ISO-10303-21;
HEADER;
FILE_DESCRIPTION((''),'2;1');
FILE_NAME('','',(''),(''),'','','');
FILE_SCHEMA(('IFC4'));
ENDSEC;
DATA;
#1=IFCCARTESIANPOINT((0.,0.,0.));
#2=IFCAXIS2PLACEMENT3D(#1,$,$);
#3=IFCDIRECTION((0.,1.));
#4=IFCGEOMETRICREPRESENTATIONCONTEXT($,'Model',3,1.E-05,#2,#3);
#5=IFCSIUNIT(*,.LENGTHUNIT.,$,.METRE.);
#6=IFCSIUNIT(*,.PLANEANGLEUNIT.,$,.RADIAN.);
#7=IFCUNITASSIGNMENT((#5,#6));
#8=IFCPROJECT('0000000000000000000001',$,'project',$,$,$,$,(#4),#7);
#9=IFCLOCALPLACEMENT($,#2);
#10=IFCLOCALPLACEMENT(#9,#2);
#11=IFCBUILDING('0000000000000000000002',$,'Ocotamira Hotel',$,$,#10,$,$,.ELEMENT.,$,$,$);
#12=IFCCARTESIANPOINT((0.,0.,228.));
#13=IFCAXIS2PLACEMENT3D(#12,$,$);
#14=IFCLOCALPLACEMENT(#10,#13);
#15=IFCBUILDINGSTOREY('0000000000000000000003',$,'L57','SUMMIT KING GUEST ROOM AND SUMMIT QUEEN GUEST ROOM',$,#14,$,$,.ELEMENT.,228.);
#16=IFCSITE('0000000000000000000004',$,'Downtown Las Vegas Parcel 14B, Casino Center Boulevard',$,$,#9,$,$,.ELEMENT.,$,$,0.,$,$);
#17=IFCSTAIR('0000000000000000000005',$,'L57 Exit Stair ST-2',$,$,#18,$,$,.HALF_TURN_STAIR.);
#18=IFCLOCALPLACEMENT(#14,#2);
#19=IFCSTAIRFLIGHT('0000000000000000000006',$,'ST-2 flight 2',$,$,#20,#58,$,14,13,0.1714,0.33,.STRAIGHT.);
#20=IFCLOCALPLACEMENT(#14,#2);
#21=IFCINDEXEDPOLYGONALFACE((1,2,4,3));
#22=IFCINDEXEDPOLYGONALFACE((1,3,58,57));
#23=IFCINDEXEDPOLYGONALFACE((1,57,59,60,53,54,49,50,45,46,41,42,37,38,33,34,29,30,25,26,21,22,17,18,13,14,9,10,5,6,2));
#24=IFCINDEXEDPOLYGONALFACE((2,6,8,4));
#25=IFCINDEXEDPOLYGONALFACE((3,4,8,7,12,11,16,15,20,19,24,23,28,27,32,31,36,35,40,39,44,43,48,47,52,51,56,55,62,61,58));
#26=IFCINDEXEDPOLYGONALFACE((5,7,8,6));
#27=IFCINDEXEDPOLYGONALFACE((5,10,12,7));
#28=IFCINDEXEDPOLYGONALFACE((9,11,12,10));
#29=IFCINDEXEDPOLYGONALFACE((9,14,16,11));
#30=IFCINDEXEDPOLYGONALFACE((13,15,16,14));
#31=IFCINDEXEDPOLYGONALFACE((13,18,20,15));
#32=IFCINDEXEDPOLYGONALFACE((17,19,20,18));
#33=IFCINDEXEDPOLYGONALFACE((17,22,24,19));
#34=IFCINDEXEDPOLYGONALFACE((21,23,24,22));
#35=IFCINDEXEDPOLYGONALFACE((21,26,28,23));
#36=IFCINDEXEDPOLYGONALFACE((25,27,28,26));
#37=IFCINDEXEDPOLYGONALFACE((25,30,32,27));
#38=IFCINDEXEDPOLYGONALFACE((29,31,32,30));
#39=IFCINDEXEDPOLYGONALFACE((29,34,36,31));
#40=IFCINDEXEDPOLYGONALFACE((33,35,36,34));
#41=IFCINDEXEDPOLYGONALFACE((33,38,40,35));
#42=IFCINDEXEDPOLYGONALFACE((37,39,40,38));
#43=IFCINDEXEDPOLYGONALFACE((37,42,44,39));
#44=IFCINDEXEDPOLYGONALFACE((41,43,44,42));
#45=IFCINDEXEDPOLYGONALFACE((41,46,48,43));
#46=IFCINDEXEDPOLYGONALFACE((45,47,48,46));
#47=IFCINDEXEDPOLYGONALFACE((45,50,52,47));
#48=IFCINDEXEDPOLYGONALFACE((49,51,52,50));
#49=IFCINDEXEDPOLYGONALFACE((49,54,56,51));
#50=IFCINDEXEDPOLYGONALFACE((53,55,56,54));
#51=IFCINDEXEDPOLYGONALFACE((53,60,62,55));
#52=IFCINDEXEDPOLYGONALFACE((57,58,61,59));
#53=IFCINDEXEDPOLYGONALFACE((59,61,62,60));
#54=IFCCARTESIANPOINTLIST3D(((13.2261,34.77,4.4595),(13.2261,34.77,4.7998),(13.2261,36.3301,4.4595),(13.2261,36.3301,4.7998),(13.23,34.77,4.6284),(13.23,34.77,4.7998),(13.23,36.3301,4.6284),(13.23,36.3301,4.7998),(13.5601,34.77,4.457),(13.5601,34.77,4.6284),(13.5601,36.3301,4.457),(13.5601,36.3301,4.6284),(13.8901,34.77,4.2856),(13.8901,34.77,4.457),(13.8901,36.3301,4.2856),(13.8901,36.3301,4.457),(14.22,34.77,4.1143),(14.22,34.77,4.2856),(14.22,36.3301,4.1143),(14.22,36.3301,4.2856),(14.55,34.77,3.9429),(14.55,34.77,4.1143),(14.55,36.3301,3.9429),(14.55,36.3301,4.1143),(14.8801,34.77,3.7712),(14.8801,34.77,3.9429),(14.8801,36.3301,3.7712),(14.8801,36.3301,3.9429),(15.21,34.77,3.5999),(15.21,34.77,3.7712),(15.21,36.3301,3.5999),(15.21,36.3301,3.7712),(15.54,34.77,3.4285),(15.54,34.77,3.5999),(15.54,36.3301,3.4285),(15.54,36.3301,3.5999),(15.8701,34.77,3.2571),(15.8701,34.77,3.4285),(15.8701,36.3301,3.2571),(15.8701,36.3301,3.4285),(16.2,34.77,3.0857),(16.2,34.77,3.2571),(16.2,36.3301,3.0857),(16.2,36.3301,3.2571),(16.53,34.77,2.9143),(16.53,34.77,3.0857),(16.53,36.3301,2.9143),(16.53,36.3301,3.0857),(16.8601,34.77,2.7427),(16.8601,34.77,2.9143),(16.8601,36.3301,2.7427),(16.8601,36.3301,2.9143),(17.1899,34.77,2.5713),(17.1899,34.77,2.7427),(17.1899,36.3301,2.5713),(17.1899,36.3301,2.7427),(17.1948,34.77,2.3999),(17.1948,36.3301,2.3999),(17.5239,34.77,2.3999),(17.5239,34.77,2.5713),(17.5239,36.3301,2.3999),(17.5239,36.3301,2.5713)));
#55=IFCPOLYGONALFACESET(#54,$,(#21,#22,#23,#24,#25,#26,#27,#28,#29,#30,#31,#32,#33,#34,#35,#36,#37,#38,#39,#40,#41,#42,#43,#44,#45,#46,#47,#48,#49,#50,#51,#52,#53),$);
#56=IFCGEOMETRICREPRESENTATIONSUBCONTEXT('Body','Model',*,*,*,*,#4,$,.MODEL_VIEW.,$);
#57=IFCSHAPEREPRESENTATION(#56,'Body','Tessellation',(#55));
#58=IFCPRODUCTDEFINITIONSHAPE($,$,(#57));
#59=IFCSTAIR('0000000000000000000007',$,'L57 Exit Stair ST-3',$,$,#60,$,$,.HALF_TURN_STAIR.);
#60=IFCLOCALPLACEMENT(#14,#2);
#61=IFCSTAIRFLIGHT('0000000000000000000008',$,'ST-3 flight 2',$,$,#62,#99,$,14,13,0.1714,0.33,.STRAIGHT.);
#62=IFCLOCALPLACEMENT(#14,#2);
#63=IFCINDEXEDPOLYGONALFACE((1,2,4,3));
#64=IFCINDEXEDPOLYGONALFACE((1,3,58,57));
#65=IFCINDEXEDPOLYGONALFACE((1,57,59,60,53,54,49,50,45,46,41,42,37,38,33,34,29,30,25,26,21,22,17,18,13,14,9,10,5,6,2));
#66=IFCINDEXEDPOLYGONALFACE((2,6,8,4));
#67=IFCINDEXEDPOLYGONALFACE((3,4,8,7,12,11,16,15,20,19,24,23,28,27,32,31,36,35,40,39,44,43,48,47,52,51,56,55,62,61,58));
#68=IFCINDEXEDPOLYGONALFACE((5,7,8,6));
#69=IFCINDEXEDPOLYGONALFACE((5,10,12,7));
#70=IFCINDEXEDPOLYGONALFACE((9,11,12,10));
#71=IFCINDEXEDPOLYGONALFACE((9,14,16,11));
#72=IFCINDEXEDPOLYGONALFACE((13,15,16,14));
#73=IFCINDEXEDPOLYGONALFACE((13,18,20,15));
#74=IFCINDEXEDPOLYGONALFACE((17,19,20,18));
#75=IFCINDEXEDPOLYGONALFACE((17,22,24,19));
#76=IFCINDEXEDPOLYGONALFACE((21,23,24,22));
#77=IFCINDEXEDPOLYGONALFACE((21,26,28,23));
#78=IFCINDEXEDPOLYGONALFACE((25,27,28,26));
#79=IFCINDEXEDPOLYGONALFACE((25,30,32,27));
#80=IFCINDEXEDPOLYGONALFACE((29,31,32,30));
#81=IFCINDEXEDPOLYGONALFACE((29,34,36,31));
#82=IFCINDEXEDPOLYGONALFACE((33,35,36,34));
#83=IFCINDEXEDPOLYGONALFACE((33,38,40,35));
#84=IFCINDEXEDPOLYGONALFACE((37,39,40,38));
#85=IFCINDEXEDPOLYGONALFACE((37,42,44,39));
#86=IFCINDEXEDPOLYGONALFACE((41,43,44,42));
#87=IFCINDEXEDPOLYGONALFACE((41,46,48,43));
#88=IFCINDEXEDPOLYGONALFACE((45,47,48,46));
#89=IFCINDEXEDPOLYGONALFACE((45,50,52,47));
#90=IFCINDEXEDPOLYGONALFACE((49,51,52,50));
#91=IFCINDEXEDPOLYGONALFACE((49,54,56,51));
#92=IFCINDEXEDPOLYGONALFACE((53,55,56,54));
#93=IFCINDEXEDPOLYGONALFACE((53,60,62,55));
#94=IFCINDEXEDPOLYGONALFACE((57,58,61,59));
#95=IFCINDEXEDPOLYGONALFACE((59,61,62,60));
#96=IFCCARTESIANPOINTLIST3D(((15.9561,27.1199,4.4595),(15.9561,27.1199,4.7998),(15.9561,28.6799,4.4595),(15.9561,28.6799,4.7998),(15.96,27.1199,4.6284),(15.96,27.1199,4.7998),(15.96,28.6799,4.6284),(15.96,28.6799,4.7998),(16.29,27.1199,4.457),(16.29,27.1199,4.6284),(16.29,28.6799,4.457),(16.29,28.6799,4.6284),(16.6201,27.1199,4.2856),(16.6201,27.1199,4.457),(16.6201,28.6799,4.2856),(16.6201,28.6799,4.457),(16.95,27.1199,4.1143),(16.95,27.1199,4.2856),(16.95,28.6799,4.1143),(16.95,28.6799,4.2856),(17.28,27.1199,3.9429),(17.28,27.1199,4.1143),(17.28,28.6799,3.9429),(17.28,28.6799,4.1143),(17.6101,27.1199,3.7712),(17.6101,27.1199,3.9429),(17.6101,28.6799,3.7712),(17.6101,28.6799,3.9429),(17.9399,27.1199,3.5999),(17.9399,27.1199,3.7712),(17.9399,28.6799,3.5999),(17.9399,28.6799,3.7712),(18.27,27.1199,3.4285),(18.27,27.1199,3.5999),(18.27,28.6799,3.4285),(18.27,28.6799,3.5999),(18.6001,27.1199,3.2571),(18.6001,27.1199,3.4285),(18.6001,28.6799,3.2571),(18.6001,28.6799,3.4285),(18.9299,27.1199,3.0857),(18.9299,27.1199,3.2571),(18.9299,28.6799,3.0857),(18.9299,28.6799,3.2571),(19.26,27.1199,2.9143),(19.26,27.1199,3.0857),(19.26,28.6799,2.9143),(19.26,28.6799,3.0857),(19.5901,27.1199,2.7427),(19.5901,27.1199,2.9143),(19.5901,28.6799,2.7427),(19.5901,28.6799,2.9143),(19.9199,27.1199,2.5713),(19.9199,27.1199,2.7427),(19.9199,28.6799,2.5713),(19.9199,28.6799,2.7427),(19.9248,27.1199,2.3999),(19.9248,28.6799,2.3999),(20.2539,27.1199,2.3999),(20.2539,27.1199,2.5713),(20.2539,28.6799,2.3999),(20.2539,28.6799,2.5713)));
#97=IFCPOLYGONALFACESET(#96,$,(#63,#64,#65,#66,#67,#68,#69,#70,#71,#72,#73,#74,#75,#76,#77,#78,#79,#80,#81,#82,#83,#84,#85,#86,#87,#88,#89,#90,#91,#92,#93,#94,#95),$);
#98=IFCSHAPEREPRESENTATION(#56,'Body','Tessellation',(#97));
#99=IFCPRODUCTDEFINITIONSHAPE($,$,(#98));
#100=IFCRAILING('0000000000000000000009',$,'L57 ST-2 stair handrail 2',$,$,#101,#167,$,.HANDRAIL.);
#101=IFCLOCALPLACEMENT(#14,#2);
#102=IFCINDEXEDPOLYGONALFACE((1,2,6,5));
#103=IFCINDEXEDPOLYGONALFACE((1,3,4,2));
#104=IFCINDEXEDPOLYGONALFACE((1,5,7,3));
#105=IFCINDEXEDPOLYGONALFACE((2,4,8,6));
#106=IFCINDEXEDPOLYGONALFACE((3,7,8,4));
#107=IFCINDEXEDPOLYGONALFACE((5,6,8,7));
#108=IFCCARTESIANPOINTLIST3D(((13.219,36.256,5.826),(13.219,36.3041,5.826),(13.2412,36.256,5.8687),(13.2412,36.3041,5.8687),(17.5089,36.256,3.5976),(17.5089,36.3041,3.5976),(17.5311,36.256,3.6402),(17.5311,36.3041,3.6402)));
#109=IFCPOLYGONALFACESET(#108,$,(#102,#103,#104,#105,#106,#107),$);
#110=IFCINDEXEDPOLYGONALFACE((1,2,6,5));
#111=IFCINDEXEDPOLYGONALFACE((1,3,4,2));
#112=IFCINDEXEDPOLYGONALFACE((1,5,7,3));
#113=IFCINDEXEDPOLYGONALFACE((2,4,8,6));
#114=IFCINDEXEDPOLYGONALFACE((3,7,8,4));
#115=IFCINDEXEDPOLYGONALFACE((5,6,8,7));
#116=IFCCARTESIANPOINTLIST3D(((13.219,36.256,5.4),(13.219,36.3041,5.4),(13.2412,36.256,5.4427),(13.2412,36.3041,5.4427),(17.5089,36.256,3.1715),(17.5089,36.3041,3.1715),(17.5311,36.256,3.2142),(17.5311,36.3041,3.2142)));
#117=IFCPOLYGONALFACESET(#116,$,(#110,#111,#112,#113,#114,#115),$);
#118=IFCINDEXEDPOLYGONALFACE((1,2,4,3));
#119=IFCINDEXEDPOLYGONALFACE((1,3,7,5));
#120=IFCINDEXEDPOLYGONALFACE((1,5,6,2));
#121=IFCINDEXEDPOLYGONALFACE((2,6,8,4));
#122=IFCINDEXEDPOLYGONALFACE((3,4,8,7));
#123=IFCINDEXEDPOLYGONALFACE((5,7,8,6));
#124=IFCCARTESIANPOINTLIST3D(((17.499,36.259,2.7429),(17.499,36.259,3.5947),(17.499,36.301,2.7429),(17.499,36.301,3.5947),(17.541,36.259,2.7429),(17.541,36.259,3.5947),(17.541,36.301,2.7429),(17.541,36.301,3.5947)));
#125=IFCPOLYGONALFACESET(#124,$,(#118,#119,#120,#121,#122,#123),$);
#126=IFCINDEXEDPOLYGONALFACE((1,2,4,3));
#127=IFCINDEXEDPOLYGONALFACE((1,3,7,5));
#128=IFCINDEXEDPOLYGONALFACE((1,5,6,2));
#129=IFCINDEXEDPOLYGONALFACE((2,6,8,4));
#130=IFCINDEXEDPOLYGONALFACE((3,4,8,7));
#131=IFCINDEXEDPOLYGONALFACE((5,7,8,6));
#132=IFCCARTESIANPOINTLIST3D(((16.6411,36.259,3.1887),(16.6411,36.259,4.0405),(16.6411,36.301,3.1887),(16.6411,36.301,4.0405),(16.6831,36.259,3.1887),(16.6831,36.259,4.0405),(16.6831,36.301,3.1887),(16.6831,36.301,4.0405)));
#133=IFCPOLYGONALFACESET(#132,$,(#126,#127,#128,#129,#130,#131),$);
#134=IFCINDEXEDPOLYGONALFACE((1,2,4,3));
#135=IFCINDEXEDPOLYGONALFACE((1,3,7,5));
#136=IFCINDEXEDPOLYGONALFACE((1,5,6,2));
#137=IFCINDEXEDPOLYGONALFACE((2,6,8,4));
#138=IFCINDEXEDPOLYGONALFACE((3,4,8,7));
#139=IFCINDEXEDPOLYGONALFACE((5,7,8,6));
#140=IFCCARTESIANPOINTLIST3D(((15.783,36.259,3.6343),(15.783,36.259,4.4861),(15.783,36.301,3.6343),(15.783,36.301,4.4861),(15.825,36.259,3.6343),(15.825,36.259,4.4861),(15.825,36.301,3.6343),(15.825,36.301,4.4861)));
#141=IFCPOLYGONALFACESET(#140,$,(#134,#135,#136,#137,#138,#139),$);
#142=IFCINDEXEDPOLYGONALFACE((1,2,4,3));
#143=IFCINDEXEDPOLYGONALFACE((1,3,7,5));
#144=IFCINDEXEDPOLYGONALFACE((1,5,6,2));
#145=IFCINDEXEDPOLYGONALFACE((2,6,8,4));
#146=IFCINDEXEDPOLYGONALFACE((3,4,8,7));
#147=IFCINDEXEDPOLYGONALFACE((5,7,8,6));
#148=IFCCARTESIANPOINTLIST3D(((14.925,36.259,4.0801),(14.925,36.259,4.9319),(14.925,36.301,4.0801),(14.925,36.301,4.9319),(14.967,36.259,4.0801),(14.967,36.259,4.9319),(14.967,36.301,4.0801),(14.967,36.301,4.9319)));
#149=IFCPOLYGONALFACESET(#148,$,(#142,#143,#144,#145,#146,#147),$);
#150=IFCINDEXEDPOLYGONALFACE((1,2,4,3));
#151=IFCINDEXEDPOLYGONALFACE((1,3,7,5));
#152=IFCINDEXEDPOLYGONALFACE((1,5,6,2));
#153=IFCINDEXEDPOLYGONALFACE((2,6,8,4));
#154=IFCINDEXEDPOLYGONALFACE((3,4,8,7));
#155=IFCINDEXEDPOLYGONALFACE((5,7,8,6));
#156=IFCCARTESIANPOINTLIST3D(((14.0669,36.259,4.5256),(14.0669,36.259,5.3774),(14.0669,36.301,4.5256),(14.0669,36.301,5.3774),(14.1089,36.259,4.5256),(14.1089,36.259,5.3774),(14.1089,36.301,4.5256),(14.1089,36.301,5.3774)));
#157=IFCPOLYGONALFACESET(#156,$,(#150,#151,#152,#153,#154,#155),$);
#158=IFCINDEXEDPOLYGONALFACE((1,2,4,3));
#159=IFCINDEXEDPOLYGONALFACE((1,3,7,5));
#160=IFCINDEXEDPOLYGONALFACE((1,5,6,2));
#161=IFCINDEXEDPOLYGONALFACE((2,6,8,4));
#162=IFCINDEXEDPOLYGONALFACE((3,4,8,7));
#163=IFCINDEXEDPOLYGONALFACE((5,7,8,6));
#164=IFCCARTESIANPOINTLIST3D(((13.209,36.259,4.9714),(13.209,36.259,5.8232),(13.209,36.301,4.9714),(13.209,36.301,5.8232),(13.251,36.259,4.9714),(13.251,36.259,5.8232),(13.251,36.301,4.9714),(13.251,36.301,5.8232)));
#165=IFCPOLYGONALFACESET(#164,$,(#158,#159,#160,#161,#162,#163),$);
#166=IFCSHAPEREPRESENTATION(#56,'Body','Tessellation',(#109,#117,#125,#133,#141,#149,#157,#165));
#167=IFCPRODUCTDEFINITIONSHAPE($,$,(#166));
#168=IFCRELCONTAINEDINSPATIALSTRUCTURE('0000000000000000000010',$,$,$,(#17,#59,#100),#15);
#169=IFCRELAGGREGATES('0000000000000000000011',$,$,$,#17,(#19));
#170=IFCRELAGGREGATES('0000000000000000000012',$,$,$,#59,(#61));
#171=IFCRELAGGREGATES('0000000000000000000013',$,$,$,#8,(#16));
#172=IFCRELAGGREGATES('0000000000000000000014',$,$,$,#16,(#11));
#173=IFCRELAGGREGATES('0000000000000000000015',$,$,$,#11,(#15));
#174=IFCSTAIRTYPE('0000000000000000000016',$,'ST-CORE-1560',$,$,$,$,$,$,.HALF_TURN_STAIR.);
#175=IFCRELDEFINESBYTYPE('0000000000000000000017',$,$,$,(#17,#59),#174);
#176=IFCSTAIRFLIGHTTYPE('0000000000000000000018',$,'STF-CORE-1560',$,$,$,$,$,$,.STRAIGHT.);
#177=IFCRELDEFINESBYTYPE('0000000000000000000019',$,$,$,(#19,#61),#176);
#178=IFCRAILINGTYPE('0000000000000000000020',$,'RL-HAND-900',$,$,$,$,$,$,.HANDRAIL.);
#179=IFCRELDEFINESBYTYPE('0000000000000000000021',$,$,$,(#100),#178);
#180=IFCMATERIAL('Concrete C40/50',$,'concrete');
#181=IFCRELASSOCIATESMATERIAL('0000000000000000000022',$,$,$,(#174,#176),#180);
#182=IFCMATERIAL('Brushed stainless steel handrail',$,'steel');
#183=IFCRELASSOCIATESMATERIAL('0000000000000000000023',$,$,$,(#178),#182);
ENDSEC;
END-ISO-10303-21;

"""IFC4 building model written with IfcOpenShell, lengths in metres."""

from ifc_helpers import new_model, si_unit, direction, frame, origin, origin_2d, place, context, subcontext, project, spatial, polyline, rectangle, outline, extrude, source, transform, mapped, material, type_object, element, aggregate, save


model = new_model("IFC4")

# Units and contexts
model_context = context("Model", 3, precision=1e-05, world=origin(), true_north=direction((0.0, 1.0)))
body_context = subcontext(model_context, "Body", "Model", "MODEL_VIEW")
ifc_project = project(units=[si_unit("LENGTHUNIT", "METRE"), si_unit("PLANEANGLEUNIT", "RADIAN")], contexts=[model_context])

# Site, building, storey
site_placement = place(None, origin())
site = spatial("IfcSite", under=ifc_project, at=site_placement, Name="Downtown Las Vegas Parcel 14B, Casino Center Boulevard", CompositionType="ELEMENT", RefElevation=0.0)
building_placement = place(site_placement, origin())
building = spatial("IfcBuilding", under=site, at=building_placement, Name="Ocotamira Hotel", CompositionType="ELEMENT")
storey_placement = place(building_placement, frame((0.0, 0.0, 228.0)))
storey = spatial("IfcBuildingStorey", under=building, at=storey_placement, Name="L57", Description="SUMMIT KING GUEST ROOM AND SUMMIT QUEEN GUEST ROOM", CompositionType="ELEMENT", Elevation=228.0)

# Stairs, stair flights
ifc_material_1 = material(Name="Concrete C40/50", Category="concrete")
stair_type = type_object("IfcStairType", Name="ST-CORE-1560", PredefinedType="HALF_TURN_STAIR", material=ifc_material_1)
stair_1_placement = place(storey_placement, origin())
stair_1 = element("IfcStair", 1, at=stair_1_placement, inside=storey, type_object=stair_type, Name="L57 Exit Stair ST-2", PredefinedType="HALF_TURN_STAIR")
stair_flight_type = type_object("IfcStairFlightType", Name="STF-CORE-1560", PredefinedType="STRAIGHT", material=ifc_material_1)
shared_shape_1 = source(origin(), body_context, "Body", "SweptSolid", [
    extrude(outline(polyline([(-0.0039, 0.0), (-0.0039, 0.1714), (0.3301, 0.1714), (0.3301, 0.3428), (0.6599, 0.3428), (0.6599, 0.5144), (0.99, 0.5144), (0.99, 0.6858), (1.3201, 0.6858), (1.3201, 0.8572), (1.6499, 0.8572), (1.6499, 1.0286), (1.98, 1.0286), (1.98, 1.2), (2.3101, 1.2), (2.3101, 1.3713), (2.6399, 1.3713), (2.6399, 1.543), (2.97, 1.543), (2.97, 1.7144), (3.3, 1.7144), (3.3, 1.8857), (3.6299, 1.8857), (3.6299, 2.0571), (3.96, 2.0571), (3.96, 2.2285), (4.29, 2.2285), (4.29, 2.3999), (4.2939, 2.3999), (4.2939, 2.0596), (0.3252, 0.0), (-0.0039, 0.0)])), frame((0.0, 0.78, 0.0), z_axis=(0.0, -1.0, 0.0), x_axis=(1.0, 0.0, 0.0)), (0.0, 0.0, 1.0), 1.5601),
])
stair_flight_1_placement = place(storey_placement, frame((17.52, 35.55, 2.3999), z_axis=(0.0, 0.0, 1.0), x_axis=(-1.0, 0.0, 0.0)))
stair_flight_1 = element("IfcStairFlight", 2, at=stair_flight_1_placement, type_object=stair_flight_type, Name="ST-2 flight 2", NumberOfRisers=14, NumberOfTreads=13, PredefinedType="STRAIGHT", RiserHeight=0.1714, TreadLength=0.33, context=body_context, shape_type="MappedRepresentation", body=[
    mapped(shared_shape_1, transform((0.0, 0.0, 0.0), scale=1.0)),
])
aggregate(stair_1, [stair_flight_1])
stair_2_placement = place(storey_placement, origin())
stair_2 = element("IfcStair", 3, at=stair_2_placement, inside=storey, type_object=stair_type, Name="L57 Exit Stair ST-3", PredefinedType="HALF_TURN_STAIR")
stair_flight_2_placement = place(storey_placement, frame((20.25, 27.8999, 2.3999), z_axis=(0.0, 0.0, 1.0), x_axis=(-1.0, 0.0, 0.0)))
stair_flight_2 = element("IfcStairFlight", 4, at=stair_flight_2_placement, type_object=stair_flight_type, Name="ST-3 flight 2", NumberOfRisers=14, NumberOfTreads=13, PredefinedType="STRAIGHT", RiserHeight=0.1714, TreadLength=0.33, context=body_context, shape_type="MappedRepresentation", body=[
    mapped(shared_shape_1, transform((0.0, 0.0, 0.0), scale=1.0)),
])
aggregate(stair_2, [stair_flight_2])

# Railing
ifc_material_2 = material(Name="Brushed stainless steel handrail", Category="steel")
railing_type_1 = type_object("IfcRailingType", Name="RL-HAND-900", PredefinedType="HANDRAIL", material=ifc_material_2)
for number, where, name in (
    (5, (17.52, 36.28, 2.7429), "L57 ST-2 stair handrail 2"),
):
    element("IfcRailing", number, at=place(storey_placement, frame(where)), inside=storey, type_object=railing_type_1, Name=name, PredefinedType="HANDRAIL", context=body_context, shape_type="SweptSolid", body=[
        extrude(rectangle(XDim=0.0481, YDim=0.0481, at=origin_2d()), frame((0.0, 0.0, 0.876), z_axis=(-0.887412, 0.0, 0.460977), x_axis=(0.0, -1.0, 0.0)), (0.0, 0.0, 1.0), 4.8342),
        extrude(rectangle(XDim=0.0481, YDim=0.0481, at=origin_2d()), frame((0.0, 0.0, 0.45), z_axis=(-0.887412, 0.0, 0.460977), x_axis=(0.0, -1.0, 0.0)), (0.0, 0.0, 1.0), 4.8342),
        extrude(rectangle(XDim=0.042, YDim=0.042, at=origin_2d()), origin(), (0.0, 0.0, 1.0), 0.8518),
        extrude(rectangle(XDim=0.042, YDim=0.042, at=origin_2d()), frame((-0.8579, 0.0, 0.4458)), (0.0, 0.0, 1.0), 0.8518),
        extrude(rectangle(XDim=0.042, YDim=0.042, at=origin_2d()), frame((-1.7161, 0.0, 0.8914)), (0.0, 0.0, 1.0), 0.8518),
        extrude(rectangle(XDim=0.042, YDim=0.042, at=origin_2d()), frame((-2.574, 0.0, 1.3372)), (0.0, 0.0, 1.0), 0.8518),
        extrude(rectangle(XDim=0.042, YDim=0.042, at=origin_2d()), frame((-3.4321, 0.0, 1.7827)), (0.0, 0.0, 1.0), 0.8518),
        extrude(rectangle(XDim=0.042, YDim=0.042, at=origin_2d()), frame((-4.29, 0.0, 2.2285)), (0.0, 0.0, 1.0), 0.8518),
    ])

save(model, "model.ifc")
